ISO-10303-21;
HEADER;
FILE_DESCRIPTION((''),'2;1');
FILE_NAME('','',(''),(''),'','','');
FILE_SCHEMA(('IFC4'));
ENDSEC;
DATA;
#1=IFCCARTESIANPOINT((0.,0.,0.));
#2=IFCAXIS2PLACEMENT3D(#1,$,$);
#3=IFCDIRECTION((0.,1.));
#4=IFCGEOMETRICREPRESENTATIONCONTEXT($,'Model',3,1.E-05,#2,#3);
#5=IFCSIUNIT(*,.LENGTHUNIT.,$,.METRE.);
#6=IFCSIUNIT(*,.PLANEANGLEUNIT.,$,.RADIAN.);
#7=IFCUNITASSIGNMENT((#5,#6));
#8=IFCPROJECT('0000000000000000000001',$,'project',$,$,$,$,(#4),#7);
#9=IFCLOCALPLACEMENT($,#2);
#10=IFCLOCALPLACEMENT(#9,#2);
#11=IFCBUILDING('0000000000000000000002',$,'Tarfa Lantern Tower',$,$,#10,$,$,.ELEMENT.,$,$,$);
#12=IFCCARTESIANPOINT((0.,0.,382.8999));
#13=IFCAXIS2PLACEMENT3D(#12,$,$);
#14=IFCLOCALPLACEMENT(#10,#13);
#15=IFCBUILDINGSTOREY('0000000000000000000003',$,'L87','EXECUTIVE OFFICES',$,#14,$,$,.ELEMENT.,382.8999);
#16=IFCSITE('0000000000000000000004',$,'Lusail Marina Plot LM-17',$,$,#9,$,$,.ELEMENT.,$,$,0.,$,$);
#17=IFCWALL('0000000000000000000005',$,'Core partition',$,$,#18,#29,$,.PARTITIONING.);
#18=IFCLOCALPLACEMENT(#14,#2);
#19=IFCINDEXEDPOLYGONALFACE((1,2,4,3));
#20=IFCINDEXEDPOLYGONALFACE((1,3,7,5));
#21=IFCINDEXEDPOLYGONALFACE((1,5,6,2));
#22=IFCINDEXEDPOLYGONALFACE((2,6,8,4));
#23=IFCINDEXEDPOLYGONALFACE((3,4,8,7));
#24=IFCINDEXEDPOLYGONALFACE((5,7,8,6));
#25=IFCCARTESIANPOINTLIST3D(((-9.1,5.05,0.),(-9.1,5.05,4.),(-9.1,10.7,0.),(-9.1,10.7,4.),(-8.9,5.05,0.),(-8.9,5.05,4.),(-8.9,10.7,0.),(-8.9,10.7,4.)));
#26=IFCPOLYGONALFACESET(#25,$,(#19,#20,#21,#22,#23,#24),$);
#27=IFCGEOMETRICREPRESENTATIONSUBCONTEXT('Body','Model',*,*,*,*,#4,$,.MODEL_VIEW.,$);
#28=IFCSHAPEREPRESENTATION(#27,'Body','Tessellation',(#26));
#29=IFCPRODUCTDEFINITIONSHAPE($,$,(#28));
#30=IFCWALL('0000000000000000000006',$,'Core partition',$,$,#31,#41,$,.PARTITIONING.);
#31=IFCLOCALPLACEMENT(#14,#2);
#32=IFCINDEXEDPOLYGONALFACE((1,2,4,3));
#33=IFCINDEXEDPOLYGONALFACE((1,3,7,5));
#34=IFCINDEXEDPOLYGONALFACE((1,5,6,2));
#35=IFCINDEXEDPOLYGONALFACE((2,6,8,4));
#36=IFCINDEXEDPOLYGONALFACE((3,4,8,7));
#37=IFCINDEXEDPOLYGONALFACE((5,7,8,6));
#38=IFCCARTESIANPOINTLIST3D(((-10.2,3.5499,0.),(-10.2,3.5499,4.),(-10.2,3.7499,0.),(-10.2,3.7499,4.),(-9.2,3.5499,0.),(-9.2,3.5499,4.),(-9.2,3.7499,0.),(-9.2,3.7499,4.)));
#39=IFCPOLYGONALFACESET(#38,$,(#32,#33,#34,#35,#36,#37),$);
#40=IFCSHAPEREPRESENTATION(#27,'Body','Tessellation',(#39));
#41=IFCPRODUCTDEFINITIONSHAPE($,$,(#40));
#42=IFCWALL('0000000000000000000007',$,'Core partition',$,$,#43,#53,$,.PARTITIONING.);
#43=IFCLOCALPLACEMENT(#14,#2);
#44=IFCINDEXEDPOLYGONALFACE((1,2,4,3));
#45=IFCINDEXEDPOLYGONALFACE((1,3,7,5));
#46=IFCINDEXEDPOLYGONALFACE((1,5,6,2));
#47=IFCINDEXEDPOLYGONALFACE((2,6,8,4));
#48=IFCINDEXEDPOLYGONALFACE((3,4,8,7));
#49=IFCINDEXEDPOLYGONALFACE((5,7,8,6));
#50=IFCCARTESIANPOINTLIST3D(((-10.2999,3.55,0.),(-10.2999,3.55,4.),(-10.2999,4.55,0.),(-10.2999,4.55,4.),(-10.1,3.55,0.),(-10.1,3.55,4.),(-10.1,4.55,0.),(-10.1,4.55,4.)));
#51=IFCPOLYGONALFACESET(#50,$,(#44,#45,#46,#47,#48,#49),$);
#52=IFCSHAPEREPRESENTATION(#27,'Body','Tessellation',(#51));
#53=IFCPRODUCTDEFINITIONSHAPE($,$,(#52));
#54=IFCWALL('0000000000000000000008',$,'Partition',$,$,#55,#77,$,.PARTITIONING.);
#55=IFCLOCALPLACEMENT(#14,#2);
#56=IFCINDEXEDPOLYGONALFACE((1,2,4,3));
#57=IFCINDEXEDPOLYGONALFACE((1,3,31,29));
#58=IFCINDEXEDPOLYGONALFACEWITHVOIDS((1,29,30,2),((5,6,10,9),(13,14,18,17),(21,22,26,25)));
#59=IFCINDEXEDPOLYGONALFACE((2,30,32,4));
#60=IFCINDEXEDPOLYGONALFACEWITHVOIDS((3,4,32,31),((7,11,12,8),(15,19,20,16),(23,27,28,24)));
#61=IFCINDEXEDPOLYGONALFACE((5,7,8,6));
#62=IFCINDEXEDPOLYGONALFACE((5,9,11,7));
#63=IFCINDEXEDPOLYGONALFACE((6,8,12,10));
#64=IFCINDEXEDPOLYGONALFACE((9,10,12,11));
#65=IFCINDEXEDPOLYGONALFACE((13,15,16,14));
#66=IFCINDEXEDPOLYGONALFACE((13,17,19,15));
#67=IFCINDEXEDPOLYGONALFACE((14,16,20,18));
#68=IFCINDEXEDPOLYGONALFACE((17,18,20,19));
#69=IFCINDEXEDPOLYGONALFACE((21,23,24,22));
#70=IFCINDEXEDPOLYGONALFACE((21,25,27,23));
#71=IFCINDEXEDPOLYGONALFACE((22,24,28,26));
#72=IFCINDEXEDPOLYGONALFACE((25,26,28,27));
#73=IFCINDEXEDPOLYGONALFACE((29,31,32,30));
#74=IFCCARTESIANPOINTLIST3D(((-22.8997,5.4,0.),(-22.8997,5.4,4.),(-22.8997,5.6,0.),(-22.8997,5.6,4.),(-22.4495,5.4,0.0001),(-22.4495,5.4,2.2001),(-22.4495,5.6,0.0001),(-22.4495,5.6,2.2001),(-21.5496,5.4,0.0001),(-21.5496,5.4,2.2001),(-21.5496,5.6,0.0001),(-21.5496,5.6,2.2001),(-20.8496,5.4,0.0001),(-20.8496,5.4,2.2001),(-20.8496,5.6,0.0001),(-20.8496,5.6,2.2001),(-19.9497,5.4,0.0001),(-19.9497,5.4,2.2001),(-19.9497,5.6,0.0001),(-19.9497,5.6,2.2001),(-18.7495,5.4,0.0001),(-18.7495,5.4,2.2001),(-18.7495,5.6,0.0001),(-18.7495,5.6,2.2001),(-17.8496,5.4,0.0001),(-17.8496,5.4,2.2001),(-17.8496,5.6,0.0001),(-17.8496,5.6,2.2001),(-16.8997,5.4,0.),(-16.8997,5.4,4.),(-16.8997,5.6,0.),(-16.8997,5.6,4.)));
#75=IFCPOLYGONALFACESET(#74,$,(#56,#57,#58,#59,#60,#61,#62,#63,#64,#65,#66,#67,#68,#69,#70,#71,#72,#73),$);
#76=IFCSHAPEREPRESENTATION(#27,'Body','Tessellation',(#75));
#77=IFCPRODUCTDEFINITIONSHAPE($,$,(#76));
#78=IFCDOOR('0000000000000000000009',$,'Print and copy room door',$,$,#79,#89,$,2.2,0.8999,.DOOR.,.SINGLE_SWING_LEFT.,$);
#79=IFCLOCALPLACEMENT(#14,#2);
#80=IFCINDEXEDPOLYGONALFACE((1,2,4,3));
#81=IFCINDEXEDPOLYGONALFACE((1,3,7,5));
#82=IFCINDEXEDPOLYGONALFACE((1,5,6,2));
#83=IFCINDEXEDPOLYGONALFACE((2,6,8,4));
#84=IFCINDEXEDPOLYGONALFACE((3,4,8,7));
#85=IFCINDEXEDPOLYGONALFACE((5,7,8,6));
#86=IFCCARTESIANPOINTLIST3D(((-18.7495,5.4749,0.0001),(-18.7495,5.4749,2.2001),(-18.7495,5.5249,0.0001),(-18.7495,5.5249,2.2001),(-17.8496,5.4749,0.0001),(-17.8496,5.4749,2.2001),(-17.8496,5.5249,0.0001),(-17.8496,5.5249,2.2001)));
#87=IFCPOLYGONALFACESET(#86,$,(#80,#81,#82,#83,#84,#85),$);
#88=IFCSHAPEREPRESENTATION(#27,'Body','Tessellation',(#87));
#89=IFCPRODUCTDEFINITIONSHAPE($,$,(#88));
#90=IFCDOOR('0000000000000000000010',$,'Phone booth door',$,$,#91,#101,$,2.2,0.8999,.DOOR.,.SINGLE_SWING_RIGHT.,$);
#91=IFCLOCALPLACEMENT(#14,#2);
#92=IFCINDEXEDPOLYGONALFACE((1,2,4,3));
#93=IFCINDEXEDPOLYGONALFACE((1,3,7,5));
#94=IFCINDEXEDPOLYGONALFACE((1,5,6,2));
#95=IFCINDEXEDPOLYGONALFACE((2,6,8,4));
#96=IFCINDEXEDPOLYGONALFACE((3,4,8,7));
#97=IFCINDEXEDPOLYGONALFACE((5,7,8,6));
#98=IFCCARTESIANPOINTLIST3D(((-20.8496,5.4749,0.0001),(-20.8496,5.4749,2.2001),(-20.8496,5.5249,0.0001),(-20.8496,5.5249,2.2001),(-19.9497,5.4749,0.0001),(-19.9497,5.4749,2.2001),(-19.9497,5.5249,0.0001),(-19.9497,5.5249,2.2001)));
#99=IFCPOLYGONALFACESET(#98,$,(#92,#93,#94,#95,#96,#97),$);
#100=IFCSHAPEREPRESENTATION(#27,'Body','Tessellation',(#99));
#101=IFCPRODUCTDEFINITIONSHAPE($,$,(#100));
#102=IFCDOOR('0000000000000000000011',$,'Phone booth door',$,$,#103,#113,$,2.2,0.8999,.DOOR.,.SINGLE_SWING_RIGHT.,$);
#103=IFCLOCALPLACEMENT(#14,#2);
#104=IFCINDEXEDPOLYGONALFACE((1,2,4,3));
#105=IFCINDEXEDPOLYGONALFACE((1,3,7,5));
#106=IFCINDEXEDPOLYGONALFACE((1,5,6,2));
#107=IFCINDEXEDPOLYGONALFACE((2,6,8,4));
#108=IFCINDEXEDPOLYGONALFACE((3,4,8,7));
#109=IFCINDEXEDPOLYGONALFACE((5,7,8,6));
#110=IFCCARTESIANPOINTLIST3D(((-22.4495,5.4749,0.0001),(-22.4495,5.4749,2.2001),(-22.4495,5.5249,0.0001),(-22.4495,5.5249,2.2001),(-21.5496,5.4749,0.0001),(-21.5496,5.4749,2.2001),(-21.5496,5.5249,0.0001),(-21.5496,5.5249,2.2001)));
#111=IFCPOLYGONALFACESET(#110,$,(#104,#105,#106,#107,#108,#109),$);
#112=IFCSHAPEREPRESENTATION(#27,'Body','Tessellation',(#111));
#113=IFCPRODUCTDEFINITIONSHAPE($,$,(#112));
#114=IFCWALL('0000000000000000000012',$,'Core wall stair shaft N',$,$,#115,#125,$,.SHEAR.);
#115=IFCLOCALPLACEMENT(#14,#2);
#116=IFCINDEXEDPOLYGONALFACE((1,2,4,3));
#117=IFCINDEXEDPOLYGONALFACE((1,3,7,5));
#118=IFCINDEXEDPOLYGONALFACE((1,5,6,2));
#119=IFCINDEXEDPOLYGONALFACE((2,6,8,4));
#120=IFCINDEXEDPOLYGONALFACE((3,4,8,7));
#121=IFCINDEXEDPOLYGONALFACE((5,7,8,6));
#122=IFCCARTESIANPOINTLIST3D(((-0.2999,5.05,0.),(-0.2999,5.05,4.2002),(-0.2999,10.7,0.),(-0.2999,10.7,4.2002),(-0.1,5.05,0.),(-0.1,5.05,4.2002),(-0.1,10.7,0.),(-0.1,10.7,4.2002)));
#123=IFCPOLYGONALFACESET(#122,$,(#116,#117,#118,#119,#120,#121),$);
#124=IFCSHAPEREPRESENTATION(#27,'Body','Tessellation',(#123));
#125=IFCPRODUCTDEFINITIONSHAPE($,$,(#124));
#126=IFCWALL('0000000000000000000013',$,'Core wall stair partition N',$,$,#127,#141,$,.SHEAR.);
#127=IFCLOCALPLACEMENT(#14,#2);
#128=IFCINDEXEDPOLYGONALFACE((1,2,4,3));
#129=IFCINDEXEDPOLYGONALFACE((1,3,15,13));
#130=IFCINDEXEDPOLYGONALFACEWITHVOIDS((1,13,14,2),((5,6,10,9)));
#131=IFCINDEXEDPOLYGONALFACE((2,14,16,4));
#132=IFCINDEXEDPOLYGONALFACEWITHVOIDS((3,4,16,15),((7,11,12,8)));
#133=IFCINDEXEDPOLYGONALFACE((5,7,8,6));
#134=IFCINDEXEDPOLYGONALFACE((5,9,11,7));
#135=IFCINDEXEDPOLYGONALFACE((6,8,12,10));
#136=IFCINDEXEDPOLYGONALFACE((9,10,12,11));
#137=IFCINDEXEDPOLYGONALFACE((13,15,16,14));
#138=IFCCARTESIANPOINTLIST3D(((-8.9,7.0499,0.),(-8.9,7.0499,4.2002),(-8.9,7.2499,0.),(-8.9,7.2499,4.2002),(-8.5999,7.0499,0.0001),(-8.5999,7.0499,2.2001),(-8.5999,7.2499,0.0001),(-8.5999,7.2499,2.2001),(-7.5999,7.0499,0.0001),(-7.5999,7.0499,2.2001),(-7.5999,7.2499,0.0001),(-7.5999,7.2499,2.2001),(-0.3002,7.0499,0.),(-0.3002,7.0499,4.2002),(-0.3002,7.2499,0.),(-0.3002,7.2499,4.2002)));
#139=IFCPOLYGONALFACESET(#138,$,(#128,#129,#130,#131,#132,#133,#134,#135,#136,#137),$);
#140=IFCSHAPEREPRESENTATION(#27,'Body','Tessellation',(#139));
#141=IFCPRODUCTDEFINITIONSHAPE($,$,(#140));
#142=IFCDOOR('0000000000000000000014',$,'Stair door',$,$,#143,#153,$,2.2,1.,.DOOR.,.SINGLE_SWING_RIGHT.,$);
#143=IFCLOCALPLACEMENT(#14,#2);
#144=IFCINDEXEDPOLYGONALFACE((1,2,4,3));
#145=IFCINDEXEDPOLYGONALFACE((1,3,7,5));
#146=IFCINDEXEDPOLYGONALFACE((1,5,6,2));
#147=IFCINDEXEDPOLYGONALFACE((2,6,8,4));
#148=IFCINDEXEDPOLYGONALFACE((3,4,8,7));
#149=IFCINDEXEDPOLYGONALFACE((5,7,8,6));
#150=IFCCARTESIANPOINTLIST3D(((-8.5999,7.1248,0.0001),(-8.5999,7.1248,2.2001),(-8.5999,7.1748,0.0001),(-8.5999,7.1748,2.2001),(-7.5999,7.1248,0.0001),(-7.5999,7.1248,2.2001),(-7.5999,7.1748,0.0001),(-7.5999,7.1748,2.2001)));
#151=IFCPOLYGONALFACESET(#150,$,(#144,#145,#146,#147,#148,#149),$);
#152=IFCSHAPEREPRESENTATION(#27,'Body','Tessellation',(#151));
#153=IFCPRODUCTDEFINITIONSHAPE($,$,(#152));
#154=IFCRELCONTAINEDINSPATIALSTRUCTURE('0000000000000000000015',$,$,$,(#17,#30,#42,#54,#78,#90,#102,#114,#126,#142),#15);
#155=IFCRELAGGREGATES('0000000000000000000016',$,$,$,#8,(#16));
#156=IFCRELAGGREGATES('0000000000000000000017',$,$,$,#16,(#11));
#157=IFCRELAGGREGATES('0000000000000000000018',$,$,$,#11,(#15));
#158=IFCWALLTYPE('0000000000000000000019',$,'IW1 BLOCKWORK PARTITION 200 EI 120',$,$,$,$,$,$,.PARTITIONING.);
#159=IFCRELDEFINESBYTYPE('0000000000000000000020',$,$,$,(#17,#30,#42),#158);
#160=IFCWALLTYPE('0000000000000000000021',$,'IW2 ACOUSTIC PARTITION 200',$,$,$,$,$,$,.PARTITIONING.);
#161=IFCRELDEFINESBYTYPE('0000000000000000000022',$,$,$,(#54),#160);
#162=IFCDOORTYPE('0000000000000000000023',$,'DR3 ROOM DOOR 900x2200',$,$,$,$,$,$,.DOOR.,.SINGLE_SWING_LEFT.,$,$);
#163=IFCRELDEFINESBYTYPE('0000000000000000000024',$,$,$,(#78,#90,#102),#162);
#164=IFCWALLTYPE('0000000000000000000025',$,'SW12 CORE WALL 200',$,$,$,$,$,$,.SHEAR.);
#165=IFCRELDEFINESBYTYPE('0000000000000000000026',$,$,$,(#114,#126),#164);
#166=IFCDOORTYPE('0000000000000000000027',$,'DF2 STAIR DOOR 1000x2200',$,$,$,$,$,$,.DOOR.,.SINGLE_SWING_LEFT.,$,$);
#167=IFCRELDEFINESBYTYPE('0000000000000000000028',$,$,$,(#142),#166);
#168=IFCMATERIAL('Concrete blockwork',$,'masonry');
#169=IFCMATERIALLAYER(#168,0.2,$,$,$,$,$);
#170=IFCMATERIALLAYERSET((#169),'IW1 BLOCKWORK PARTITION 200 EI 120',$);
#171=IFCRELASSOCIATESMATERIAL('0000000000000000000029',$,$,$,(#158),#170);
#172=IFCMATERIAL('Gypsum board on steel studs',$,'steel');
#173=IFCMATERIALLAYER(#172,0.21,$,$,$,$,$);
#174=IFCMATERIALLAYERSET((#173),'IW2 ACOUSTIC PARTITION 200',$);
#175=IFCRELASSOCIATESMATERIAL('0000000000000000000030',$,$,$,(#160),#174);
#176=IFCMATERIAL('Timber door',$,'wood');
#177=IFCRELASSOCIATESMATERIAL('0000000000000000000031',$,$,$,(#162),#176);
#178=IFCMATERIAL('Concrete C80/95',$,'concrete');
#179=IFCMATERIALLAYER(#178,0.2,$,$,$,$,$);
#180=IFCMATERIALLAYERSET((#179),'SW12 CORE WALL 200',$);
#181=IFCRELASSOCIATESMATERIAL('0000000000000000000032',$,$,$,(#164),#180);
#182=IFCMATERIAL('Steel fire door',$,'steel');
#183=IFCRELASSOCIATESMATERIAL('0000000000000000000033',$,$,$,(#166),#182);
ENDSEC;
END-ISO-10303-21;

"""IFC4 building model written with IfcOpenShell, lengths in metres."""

from ifc_helpers import new_model, si_unit, direction, frame, frame_2d, origin, place, context, subcontext, project, spatial, rectangle, extrude, material, layer, layer_set, type_object, element, fill, save


model = new_model("IFC4")

# Units and contexts
model_context = context("Model", 3, precision=1e-05, world=origin(), true_north=direction((0.0, 1.0)))
body_context = subcontext(model_context, "Body", "Model", "MODEL_VIEW")
ifc_project = project(units=[si_unit("LENGTHUNIT", "METRE"), si_unit("PLANEANGLEUNIT", "RADIAN")], contexts=[model_context])

# Site, building, storey
site_placement = place(None, origin())
site = spatial("IfcSite", under=ifc_project, at=site_placement, Name="Lusail Marina Plot LM-17", CompositionType="ELEMENT", RefElevation=0.0)
building_placement = place(site_placement, origin())
building = spatial("IfcBuilding", under=site, at=building_placement, Name="Tarfa Lantern Tower", CompositionType="ELEMENT")
storey_placement = place(building_placement, frame((0.0, 0.0, 382.8999)))
storey = spatial("IfcBuildingStorey", under=building, at=storey_placement, Name="L87", Description="EXECUTIVE OFFICES", CompositionType="ELEMENT", Elevation=382.8999)

# Walls
ifc_material_1 = material(Name="Concrete blockwork", Category="masonry")
ifc_layer_1 = layer(ifc_material_1, 0.2)
ifc_layer_set_1 = layer_set([ifc_layer_1], Name="IW1 BLOCKWORK PARTITION 200 EI 120")
wall_type_1 = type_object("IfcWallType", Name="IW1 BLOCKWORK PARTITION 200 EI 120", PredefinedType="PARTITIONING", material=ifc_layer_set_1)
wall_1_placement = place(storey_placement, frame((-9.0, 5.05, 0.0), z_axis=(0.0, 0.0, 1.0), x_axis=(0.0, 1.0, 0.0)))
element("IfcWall", 1, at=wall_1_placement, inside=storey, type_object=wall_type_1, Name="Core partition", PredefinedType="PARTITIONING", context=body_context, shape_type="SweptSolid", body=[
    extrude(rectangle(XDim=5.6499, YDim=0.2, at=frame_2d((2.825, 0.0))), origin(), (0.0, 0.0, 1.0), 4.0),
])
for number, where, z_axis, x_axis, name in (
    (2, (-10.2, 3.6499, 0.0), (0.0, 0.0, 1.0), (1.0, 0.0, 0.0), "Core partition"),
    (3, (-10.2, 3.55, 0.0), (0.0, 0.0, 1.0), (0.0, 1.0, 0.0), "Core partition"),
):
    element("IfcWall", number, at=place(storey_placement, frame(where, z_axis=z_axis, x_axis=x_axis)), inside=storey, type_object=wall_type_1, Name=name, PredefinedType="PARTITIONING", context=body_context, shape_type="SweptSolid", body=[
        extrude(rectangle(XDim=1.0, YDim=0.2, at=frame_2d((0.5, 0.0))), origin(), (0.0, 0.0, 1.0), 4.0),
    ])

# Wall, openings, doors
ifc_material_2 = material(Name="Gypsum board on steel studs", Category="steel")
ifc_layer_2 = layer(ifc_material_2, 0.21)
ifc_layer_set_2 = layer_set([ifc_layer_2], Name="IW2 ACOUSTIC PARTITION 200")
wall_type_2 = type_object("IfcWallType", Name="IW2 ACOUSTIC PARTITION 200", PredefinedType="PARTITIONING", material=ifc_layer_set_2)
wall_2_placement = place(storey_placement, frame((-16.8997, 5.5, 0.0), z_axis=(0.0, 0.0, 1.0), x_axis=(-1.0, 0.0, 0.0)))
wall_2 = element("IfcWall", 4, at=wall_2_placement, inside=storey, type_object=wall_type_2, Name="Partition", PredefinedType="PARTITIONING", context=body_context, shape_type="SweptSolid", body=[
    extrude(rectangle(XDim=6.0, YDim=0.2, at=frame_2d((3.0, 0.0))), origin(), (0.0, 0.0, 1.0), 4.0),
])
opening_1_placement = place(wall_2_placement, frame((0.95, 0.0, 0.0)))
opening_1 = element("IfcOpeningElement", 5, at=opening_1_placement, cuts=wall_2, PredefinedType="OPENING", context=body_context, shape_type="SweptSolid", body=[
    extrude(rectangle(XDim=0.8999, YDim=2.2, at=frame_2d((0.45, 1.1001))), frame((0.0, 0.1099, 0.0), z_axis=(0.0, -1.0, 0.0), x_axis=(1.0, 0.0, 0.0)), (0.0, 0.0, 1.0), 0.22),
])
opening_2_placement = place(wall_2_placement, frame((3.05, 0.0, 0.0)))
opening_2 = element("IfcOpeningElement", 6, at=opening_2_placement, cuts=wall_2, PredefinedType="OPENING", context=body_context, shape_type="SweptSolid", body=[
    extrude(rectangle(XDim=0.8999, YDim=2.2, at=frame_2d((0.45, 1.1001))), frame((0.0, 0.1099, 0.0), z_axis=(0.0, -1.0, 0.0), x_axis=(1.0, 0.0, 0.0)), (0.0, 0.0, 1.0), 0.22),
])
opening_3_placement = place(wall_2_placement, frame((4.6499, 0.0, 0.0)))
opening_3 = element("IfcOpeningElement", 7, at=opening_3_placement, cuts=wall_2, PredefinedType="OPENING", context=body_context, shape_type="SweptSolid", body=[
    extrude(rectangle(XDim=0.8999, YDim=2.2, at=frame_2d((0.45, 1.1001))), frame((0.0, 0.1099, 0.0), z_axis=(0.0, -1.0, 0.0), x_axis=(1.0, 0.0, 0.0)), (0.0, 0.0, 1.0), 0.22),
])
ifc_material_3 = material(Name="Timber door", Category="wood")
door_type_1 = type_object("IfcDoorType", Name="DR3 ROOM DOOR 900x2200", OperationType="SINGLE_SWING_LEFT", PredefinedType="DOOR", material=ifc_material_3)
door_1_placement = place(opening_1_placement, frame((0.8999, 0.0, 0.0), z_axis=(0.0, 0.0, 1.0), x_axis=(-1.0, 0.0, 0.0)))
door_1 = element("IfcDoor", 8, at=door_1_placement, inside=storey, type_object=door_type_1, Name="Print and copy room door", OperationType="SINGLE_SWING_LEFT", OverallHeight=2.2, OverallWidth=0.8999, PredefinedType="DOOR", context=body_context, shape_type="SweptSolid", body=[
    extrude(rectangle(XDim=0.8999, YDim=2.2, at=frame_2d((0.45, 1.1001))), frame((0.0, 0.0249, 0.0), z_axis=(0.0, -1.0, 0.0), x_axis=(1.0, 0.0, 0.0)), (0.0, 0.0, 1.0), 0.05),
])
fill(opening_1, door_1)
door_2_placement = place(opening_2_placement, frame((0.8999, 0.0, 0.0), z_axis=(0.0, 0.0, 1.0), x_axis=(-1.0, 0.0, 0.0)))
door_2 = element("IfcDoor", 9, at=door_2_placement, inside=storey, type_object=door_type_1, Name="Phone booth door", OperationType="SINGLE_SWING_RIGHT", OverallHeight=2.2, OverallWidth=0.8999, PredefinedType="DOOR", context=body_context, shape_type="SweptSolid", body=[
    extrude(rectangle(XDim=0.8999, YDim=2.2, at=frame_2d((0.45, 1.1001))), frame((0.0, 0.0249, 0.0), z_axis=(0.0, -1.0, 0.0), x_axis=(1.0, 0.0, 0.0)), (0.0, 0.0, 1.0), 0.05),
])
fill(opening_2, door_2)
door_3_placement = place(opening_3_placement, frame((0.8999, 0.0, 0.0), z_axis=(0.0, 0.0, 1.0), x_axis=(-1.0, 0.0, 0.0)))
door_3 = element("IfcDoor", 10, at=door_3_placement, inside=storey, type_object=door_type_1, Name="Phone booth door", OperationType="SINGLE_SWING_RIGHT", OverallHeight=2.2, OverallWidth=0.8999, PredefinedType="DOOR", context=body_context, shape_type="SweptSolid", body=[
    extrude(rectangle(XDim=0.8999, YDim=2.2, at=frame_2d((0.45, 1.1001))), frame((0.0, 0.0249, 0.0), z_axis=(0.0, -1.0, 0.0), x_axis=(1.0, 0.0, 0.0)), (0.0, 0.0, 1.0), 0.05),
])
fill(opening_3, door_3)

# Wall
ifc_material_4 = material(Name="Concrete C80/95", Category="concrete")
ifc_layer_3 = layer(ifc_material_4, 0.2)
ifc_layer_set_3 = layer_set([ifc_layer_3], Name="SW12 CORE WALL 200")
wall_type_3 = type_object("IfcWallType", Name="SW12 CORE WALL 200", PredefinedType="SHEAR", material=ifc_layer_set_3)
wall_3_placement = place(storey_placement, frame((-0.2, 5.05, 0.0), z_axis=(0.0, 0.0, 1.0), x_axis=(0.0, 1.0, 0.0)))
element("IfcWall", 11, at=wall_3_placement, inside=storey, type_object=wall_type_3, Name="Core wall stair shaft N", PredefinedType="SHEAR", context=body_context, shape_type="SweptSolid", body=[
    extrude(rectangle(XDim=5.6499, YDim=0.2, at=frame_2d((2.825, 0.0))), origin(), (0.0, 0.0, 1.0), 4.2002),
])

# Wall, opening, door
wall_4_placement = place(storey_placement, frame((-8.8999, 7.1499, 0.0), z_axis=(0.0, 0.0, 1.0), x_axis=(1.0, 0.0, 0.0)))
wall_4 = element("IfcWall", 12, at=wall_4_placement, inside=storey, type_object=wall_type_3, Name="Core wall stair partition N", PredefinedType="SHEAR", context=body_context, shape_type="SweptSolid", body=[
    extrude(rectangle(XDim=8.5999, YDim=0.2, at=frame_2d((4.2998, 0.0))), origin(), (0.0, 0.0, 1.0), 4.2002),
])
opening_4_placement = place(wall_4_placement, frame((0.3, 0.0, 0.0)))
opening_4 = element("IfcOpeningElement", 13, at=opening_4_placement, cuts=wall_4, PredefinedType="OPENING", context=body_context, shape_type="SweptSolid", body=[
    extrude(rectangle(XDim=1.0, YDim=2.2, at=frame_2d((0.5, 1.1001))), frame((0.0, 0.1099, 0.0), z_axis=(0.0, -1.0, 0.0), x_axis=(1.0, 0.0, 0.0)), (0.0, 0.0, 1.0), 0.22),
])
ifc_material_5 = material(Name="Steel fire door", Category="steel")
door_type_2 = type_object("IfcDoorType", Name="DF2 STAIR DOOR 1000x2200", OperationType="SINGLE_SWING_LEFT", PredefinedType="DOOR", material=ifc_material_5)
door_4_placement = place(opening_4_placement, origin())
door_4 = element("IfcDoor", 14, at=door_4_placement, inside=storey, type_object=door_type_2, Name="Stair door", OperationType="SINGLE_SWING_RIGHT", OverallHeight=2.2, OverallWidth=1.0, PredefinedType="DOOR", context=body_context, shape_type="SweptSolid", body=[
    extrude(rectangle(XDim=1.0, YDim=2.2, at=frame_2d((0.5, 1.1001))), frame((0.0, 0.0249, 0.0), z_axis=(0.0, -1.0, 0.0), x_axis=(1.0, 0.0, 0.0)), (0.0, 0.0, 1.0), 0.05),
])
fill(opening_4, door_4)

save(model, "model.ifc")
